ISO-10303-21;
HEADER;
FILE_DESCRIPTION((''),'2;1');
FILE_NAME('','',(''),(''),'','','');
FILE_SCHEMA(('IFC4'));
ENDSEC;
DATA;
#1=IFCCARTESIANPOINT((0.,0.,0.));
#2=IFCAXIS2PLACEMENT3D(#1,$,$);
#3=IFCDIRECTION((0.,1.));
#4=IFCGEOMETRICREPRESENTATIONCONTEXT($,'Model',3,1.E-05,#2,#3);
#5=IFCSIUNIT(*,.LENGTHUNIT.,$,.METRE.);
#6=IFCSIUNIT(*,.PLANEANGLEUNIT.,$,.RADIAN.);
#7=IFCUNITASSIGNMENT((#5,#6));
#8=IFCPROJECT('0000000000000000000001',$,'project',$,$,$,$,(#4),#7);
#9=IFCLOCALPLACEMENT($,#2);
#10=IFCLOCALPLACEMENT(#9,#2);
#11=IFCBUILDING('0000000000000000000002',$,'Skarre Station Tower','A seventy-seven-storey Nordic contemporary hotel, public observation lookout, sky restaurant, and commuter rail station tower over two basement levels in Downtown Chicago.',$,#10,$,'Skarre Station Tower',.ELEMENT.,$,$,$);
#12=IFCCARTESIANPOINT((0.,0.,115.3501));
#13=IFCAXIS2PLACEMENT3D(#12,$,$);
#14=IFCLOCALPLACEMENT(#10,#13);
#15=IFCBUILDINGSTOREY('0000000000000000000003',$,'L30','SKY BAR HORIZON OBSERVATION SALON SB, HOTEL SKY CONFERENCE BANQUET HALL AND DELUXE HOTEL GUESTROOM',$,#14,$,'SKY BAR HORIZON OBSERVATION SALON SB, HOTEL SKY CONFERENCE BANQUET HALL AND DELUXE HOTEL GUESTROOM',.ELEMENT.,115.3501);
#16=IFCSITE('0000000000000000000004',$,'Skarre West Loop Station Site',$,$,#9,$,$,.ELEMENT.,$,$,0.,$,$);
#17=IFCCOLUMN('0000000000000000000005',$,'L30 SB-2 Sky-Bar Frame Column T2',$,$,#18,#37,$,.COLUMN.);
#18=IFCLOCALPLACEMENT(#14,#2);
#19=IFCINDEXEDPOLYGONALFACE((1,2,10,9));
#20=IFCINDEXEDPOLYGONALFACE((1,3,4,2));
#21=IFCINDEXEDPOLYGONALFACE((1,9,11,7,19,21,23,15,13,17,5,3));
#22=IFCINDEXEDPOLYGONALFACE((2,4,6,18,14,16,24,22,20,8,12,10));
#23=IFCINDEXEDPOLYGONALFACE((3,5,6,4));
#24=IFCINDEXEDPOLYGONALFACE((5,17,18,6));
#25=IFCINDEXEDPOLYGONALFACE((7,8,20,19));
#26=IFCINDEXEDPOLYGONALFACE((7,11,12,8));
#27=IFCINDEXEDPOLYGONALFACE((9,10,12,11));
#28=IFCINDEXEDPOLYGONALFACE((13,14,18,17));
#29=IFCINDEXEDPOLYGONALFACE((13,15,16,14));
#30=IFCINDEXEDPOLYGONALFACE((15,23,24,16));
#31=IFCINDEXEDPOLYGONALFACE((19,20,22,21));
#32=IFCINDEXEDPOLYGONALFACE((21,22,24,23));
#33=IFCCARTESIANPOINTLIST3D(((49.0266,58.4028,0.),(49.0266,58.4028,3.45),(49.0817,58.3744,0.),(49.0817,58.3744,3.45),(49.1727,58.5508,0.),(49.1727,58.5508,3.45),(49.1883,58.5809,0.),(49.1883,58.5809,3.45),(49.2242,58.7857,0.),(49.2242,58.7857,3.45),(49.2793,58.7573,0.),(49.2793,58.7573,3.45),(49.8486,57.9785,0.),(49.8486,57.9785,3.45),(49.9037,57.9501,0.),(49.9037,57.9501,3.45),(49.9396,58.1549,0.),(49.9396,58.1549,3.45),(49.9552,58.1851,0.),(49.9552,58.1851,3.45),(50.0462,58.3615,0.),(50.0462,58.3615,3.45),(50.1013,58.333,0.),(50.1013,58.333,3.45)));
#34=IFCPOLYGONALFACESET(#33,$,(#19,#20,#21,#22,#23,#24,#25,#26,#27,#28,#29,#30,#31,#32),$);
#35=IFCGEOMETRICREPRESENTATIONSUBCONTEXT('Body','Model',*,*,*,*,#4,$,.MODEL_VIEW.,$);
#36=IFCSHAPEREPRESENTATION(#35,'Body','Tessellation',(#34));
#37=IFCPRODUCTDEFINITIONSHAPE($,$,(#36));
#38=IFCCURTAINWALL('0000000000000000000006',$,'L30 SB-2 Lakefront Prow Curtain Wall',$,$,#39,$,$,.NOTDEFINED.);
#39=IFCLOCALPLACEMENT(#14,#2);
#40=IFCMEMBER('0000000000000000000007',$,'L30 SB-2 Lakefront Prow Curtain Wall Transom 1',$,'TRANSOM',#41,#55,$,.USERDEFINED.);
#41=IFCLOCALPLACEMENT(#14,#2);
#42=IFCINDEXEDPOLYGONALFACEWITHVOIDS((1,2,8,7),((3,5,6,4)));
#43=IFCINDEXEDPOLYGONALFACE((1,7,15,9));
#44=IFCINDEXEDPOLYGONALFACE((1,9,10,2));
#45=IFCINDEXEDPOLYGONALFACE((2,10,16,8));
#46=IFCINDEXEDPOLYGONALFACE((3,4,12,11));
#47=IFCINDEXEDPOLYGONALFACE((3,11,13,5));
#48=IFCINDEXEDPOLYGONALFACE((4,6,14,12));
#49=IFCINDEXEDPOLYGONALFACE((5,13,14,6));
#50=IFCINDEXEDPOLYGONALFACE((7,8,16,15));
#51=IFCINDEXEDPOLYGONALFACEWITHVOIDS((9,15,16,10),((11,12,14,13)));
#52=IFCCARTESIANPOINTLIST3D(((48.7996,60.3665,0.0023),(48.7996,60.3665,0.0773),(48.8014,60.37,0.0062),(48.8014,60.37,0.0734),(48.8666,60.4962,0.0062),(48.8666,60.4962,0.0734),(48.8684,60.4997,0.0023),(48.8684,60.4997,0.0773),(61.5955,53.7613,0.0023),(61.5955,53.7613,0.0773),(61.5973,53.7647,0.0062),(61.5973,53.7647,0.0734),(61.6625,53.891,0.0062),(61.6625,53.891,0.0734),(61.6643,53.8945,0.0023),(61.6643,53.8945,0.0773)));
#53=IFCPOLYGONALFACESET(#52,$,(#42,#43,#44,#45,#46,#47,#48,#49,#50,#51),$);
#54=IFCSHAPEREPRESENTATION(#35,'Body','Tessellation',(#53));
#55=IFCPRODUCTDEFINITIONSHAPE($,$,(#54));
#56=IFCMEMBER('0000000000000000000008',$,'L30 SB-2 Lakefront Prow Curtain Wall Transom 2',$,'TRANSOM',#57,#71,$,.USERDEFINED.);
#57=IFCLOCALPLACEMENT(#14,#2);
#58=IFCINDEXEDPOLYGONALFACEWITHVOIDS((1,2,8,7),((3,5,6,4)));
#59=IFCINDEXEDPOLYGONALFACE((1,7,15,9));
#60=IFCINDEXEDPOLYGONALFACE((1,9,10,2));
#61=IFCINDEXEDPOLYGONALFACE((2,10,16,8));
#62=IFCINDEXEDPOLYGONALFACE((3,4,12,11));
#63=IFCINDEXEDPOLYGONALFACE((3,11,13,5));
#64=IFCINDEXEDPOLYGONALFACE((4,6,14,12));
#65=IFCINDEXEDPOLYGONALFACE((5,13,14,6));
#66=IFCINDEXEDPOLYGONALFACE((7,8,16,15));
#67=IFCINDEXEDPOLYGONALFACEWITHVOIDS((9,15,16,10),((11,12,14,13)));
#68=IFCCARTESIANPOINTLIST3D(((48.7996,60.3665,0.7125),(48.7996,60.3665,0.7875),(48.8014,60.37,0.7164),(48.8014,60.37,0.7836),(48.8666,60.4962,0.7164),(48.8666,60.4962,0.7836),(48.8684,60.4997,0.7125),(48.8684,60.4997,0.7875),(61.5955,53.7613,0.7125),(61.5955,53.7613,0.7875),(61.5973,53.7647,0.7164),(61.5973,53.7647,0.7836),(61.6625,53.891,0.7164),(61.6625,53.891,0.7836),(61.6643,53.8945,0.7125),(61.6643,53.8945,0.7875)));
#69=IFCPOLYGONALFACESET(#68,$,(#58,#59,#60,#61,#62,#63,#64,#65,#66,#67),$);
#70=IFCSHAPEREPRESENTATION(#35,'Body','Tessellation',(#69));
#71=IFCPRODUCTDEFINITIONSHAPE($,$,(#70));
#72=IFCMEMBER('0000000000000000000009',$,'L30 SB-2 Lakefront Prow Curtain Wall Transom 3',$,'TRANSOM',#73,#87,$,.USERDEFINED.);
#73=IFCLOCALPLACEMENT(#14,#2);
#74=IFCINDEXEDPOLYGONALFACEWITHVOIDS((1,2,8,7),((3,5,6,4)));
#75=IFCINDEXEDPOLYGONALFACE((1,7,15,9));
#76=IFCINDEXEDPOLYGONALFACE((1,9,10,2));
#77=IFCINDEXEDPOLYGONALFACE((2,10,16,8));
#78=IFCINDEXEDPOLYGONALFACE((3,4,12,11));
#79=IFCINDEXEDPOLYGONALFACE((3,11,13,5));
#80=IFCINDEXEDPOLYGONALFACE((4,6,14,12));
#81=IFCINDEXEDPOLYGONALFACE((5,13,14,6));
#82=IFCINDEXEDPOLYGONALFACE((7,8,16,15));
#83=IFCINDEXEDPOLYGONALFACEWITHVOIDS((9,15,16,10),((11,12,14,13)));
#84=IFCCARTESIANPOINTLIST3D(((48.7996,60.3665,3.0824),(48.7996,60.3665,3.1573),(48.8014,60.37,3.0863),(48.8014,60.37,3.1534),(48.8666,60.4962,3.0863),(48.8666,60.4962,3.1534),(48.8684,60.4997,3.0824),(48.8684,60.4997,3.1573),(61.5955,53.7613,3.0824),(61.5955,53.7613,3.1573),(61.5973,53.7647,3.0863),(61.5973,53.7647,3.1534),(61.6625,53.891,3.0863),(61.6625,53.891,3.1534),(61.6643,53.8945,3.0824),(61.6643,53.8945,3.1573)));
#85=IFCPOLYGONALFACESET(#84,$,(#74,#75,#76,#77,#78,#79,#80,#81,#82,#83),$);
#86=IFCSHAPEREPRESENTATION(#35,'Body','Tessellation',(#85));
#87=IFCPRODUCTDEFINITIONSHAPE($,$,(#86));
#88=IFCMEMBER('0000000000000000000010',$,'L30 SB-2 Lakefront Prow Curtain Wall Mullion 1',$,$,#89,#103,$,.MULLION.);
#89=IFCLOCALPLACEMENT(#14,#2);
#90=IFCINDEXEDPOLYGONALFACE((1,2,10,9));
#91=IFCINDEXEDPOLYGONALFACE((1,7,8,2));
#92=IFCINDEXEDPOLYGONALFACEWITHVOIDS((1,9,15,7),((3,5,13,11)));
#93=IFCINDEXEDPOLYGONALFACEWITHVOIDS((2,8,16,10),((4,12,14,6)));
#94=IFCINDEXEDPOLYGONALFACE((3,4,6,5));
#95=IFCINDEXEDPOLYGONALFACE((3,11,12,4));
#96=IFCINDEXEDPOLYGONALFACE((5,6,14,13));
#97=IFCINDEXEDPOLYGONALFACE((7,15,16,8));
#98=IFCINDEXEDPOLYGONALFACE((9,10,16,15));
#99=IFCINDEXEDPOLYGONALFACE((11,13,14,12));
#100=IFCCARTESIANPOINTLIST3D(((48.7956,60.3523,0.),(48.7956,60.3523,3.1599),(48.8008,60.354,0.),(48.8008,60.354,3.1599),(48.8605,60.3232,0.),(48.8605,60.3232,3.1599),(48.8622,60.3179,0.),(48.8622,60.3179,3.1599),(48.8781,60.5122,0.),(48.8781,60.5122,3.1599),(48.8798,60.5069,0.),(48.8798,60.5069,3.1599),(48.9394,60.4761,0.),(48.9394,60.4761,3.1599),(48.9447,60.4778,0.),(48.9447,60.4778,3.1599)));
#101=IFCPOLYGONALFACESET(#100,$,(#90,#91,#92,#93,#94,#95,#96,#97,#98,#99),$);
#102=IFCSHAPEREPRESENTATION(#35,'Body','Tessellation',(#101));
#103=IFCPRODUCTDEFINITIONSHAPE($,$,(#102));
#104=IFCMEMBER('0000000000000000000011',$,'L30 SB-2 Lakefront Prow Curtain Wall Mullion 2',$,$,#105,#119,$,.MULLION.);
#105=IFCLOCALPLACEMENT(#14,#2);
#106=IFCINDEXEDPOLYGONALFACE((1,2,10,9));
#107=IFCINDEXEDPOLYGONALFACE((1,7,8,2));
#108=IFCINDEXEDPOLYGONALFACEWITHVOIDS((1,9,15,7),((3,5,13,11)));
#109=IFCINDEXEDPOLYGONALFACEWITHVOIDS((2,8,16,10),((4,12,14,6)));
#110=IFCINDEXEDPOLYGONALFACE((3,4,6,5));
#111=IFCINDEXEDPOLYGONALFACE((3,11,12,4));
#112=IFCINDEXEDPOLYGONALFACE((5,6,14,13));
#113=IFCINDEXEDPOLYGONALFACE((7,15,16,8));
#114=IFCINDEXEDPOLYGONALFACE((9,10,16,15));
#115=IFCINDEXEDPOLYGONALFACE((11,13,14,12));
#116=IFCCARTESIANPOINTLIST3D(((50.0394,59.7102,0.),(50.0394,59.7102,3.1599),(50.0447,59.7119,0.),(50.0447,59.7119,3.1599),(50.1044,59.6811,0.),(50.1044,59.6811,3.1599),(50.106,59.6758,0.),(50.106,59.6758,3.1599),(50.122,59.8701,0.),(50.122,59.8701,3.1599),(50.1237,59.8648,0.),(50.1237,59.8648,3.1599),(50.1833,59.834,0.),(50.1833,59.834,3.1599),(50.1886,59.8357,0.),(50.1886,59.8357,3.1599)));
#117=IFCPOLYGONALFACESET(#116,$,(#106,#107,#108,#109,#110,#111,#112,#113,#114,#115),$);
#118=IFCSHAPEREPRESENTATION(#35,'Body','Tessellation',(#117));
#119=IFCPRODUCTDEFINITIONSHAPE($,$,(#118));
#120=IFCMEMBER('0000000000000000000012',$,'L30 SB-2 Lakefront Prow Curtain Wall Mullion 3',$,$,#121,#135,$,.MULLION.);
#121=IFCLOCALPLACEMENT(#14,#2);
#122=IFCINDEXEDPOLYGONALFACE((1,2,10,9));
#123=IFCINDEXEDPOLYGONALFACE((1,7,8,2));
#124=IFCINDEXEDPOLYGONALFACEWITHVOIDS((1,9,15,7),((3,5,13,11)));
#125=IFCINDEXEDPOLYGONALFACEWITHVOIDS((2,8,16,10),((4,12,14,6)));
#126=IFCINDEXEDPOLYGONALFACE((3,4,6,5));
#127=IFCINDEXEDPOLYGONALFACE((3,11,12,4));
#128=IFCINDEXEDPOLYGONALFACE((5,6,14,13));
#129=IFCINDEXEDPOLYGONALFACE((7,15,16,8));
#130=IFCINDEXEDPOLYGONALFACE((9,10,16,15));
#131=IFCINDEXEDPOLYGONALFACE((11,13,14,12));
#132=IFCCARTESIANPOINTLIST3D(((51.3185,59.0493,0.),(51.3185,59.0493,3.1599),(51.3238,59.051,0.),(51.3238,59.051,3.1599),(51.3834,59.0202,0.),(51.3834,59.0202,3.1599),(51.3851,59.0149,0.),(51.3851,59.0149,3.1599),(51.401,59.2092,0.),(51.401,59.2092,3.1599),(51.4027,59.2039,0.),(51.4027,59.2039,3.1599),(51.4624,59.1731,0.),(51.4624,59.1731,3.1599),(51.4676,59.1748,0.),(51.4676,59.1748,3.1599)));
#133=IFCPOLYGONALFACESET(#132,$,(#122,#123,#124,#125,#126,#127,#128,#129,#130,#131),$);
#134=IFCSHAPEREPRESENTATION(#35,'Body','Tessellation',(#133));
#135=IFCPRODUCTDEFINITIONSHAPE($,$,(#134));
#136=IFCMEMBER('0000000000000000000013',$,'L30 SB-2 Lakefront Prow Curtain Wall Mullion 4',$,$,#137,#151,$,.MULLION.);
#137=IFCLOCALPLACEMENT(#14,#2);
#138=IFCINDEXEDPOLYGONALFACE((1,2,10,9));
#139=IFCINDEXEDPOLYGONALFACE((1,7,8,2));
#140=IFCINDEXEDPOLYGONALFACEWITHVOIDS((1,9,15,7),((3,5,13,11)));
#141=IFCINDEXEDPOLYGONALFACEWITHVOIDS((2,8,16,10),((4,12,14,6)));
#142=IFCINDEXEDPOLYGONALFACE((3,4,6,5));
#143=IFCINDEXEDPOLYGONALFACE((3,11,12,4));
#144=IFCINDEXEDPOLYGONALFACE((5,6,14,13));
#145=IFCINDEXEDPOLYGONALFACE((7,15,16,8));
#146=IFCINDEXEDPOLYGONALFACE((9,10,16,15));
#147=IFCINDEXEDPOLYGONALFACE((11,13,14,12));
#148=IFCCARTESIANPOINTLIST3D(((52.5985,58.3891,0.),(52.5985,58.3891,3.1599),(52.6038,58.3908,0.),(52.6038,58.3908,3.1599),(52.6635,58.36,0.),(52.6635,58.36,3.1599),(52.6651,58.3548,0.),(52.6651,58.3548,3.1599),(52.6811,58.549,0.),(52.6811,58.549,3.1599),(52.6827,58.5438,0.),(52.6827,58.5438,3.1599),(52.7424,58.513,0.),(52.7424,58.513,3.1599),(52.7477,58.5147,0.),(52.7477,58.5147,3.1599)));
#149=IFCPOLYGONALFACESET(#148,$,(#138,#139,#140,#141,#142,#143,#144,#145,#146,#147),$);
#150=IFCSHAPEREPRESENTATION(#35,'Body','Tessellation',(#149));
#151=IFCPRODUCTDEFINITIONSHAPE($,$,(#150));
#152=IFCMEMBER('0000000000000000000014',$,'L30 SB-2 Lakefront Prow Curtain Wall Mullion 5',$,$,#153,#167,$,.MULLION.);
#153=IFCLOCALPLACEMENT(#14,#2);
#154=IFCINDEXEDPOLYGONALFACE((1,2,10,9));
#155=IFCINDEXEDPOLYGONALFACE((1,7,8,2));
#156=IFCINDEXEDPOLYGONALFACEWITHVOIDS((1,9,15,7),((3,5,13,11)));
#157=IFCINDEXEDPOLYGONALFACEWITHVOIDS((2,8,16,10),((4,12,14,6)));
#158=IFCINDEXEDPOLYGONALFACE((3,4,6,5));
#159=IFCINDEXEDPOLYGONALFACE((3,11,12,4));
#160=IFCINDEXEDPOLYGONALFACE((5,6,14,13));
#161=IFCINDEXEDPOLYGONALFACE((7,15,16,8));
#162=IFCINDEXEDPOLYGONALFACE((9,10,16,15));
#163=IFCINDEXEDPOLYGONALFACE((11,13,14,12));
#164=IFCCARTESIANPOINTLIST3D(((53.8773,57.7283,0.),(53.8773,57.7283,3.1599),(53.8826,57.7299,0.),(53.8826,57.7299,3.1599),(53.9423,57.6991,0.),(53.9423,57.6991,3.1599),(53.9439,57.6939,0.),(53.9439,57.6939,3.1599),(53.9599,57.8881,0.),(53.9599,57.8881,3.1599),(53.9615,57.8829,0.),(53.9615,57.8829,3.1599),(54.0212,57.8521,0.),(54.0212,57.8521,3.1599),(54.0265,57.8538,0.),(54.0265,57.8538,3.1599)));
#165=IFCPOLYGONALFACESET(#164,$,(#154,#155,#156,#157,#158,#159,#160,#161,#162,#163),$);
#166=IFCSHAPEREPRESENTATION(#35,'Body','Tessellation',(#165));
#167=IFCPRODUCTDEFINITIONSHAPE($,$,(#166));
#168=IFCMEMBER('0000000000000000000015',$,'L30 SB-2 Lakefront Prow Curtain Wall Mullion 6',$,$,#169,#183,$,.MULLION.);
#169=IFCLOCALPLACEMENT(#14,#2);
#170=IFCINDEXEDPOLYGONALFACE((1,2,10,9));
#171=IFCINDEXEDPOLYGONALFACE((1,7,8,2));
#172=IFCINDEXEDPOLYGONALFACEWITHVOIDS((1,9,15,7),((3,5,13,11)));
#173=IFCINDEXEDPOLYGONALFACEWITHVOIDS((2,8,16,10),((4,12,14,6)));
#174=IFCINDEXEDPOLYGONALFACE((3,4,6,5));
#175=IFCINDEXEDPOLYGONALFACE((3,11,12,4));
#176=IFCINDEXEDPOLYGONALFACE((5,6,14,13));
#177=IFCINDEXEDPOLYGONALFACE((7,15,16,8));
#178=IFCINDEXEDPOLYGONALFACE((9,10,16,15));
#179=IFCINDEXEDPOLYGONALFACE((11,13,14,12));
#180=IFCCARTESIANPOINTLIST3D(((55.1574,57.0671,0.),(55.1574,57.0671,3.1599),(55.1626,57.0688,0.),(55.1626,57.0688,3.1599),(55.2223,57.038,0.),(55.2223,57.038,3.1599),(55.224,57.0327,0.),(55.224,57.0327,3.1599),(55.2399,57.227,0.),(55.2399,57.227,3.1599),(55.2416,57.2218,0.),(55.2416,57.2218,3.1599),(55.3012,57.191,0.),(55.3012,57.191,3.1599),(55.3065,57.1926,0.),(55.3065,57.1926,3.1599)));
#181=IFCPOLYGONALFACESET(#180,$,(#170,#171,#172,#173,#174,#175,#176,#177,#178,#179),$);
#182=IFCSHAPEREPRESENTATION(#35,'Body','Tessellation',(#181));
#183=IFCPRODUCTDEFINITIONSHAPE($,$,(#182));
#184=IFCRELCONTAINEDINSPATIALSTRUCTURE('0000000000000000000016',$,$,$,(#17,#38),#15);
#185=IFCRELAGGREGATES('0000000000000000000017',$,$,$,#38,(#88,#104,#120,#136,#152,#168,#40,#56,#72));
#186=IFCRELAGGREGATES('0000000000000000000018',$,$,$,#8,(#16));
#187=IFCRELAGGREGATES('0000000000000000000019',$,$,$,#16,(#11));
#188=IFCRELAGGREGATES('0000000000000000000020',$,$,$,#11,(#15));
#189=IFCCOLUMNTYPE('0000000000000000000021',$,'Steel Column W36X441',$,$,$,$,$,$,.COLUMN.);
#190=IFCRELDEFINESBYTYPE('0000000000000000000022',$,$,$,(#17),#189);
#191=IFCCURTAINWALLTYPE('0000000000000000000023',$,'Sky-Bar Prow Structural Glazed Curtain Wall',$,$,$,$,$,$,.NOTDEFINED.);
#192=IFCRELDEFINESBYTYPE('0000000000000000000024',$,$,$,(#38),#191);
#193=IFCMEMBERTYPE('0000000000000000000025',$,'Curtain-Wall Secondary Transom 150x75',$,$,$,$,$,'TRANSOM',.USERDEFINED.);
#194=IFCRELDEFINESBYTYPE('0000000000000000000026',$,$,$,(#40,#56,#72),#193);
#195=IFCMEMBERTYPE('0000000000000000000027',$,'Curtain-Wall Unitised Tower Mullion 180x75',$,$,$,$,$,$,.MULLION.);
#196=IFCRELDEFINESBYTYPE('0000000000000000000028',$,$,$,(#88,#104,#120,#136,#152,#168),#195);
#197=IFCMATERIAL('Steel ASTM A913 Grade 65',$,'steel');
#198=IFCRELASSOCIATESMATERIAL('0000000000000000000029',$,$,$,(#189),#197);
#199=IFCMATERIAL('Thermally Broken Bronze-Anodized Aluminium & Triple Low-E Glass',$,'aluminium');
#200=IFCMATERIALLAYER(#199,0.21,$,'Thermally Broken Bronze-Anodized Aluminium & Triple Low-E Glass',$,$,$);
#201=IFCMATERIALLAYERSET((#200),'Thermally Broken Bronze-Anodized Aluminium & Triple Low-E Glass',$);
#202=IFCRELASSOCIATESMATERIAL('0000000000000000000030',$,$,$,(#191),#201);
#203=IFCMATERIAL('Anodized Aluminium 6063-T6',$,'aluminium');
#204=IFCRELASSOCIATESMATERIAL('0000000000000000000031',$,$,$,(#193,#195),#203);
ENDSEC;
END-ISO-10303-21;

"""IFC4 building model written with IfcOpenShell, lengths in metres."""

from ifc_helpers import new_model, si_unit, direction, frame, origin, origin_2d, place, context, subcontext, project, spatial, hollow_rectangle, i_section, extrude, material, layer, layer_set, material_profile, profile_set, type_object, element, aggregate, save


model = new_model("IFC4")

# Units and contexts
model_context = context("Model", 3, precision=1e-05, world=origin(), true_north=direction((0.0, 1.0)))
body_context = subcontext(model_context, "Body", "Model", "MODEL_VIEW")
ifc_project = project(units=[si_unit("LENGTHUNIT", "METRE"), si_unit("PLANEANGLEUNIT", "RADIAN")], contexts=[model_context])

# Site, building, storey
site_placement = place(None, origin())
site = spatial("IfcSite", under=ifc_project, at=site_placement, Name="Skarre West Loop Station Site", CompositionType="ELEMENT", RefElevation=0.0)
building_placement = place(site_placement, origin())
building = spatial("IfcBuilding", under=site, at=building_placement, Name="Skarre Station Tower", Description="A seventy-seven-storey Nordic contemporary hotel, public observation lookout, sky restaurant, and commuter rail station tower over two basement levels in Downtown Chicago.", LongName="Skarre Station Tower", CompositionType="ELEMENT")
storey_placement = place(building_placement, frame((0.0, 0.0, 115.3501)))
storey = spatial("IfcBuildingStorey", under=building, at=storey_placement, Name="L30", Description="SKY BAR HORIZON OBSERVATION SALON SB, HOTEL SKY CONFERENCE BANQUET HALL AND DELUXE HOTEL GUESTROOM", LongName="SKY BAR HORIZON OBSERVATION SALON SB, HOTEL SKY CONFERENCE BANQUET HALL AND DELUXE HOTEL GUESTROOM", CompositionType="ELEMENT", Elevation=115.3501)

# Column
ifc_material_1 = material(Name="Steel ASTM A913 Grade 65", Category="steel")
ifc_material_profile_1 = material_profile(ifc_material_1, i_section(OverallWidth=0.4309, OverallDepth=0.9871, WebThickness=0.0339, FlangeThickness=0.062, at=origin_2d()), Name="Steel ASTM A913 Grade 65")
ifc_profile_set_1 = profile_set([ifc_material_profile_1], Name="Steel ASTM A913 Grade 65")
column_type = type_object("IfcColumnType", Name="Steel Column W36X441", PredefinedType="COLUMN", material=ifc_profile_set_1)
column_placement = place(storey_placement, frame((49.564, 58.3679, 0.0), z_axis=(0.0, 0.0, 1.0), x_axis=(0.45865, 0.888617, 0.0)))
element("IfcColumn", 1, at=column_placement, inside=storey, type_object=column_type, Name="L30 SB-2 Sky-Bar Frame Column T2", PredefinedType="COLUMN", context=body_context, shape_type="SweptSolid", body=[
    extrude(i_section(OverallWidth=0.4309, OverallDepth=0.9871, WebThickness=0.0339, FlangeThickness=0.062, at=origin_2d()), origin(), (0.0, 0.0, 1.0), 3.45),
])

# Curtain wall, members
ifc_material_2 = material(Name="Thermally Broken Bronze-Anodized Aluminium & Triple Low-E Glass", Category="aluminium")
ifc_layer_1 = layer(ifc_material_2, 0.21, Name="Thermally Broken Bronze-Anodized Aluminium & Triple Low-E Glass")
ifc_layer_set_1 = layer_set([ifc_layer_1], Name="Thermally Broken Bronze-Anodized Aluminium & Triple Low-E Glass")
curtain_wall_type = type_object("IfcCurtainWallType", Name="Sky-Bar Prow Structural Glazed Curtain Wall", PredefinedType="NOTDEFINED", material=ifc_layer_set_1)
curtain_wall_placement = place(storey_placement, origin())
curtain_wall = element("IfcCurtainWall", 2, at=curtain_wall_placement, inside=storey, type_object=curtain_wall_type, Name="L30 SB-2 Lakefront Prow Curtain Wall", PredefinedType="NOTDEFINED")
ifc_material_3 = material(Name="Anodized Aluminium 6063-T6", Category="aluminium")
ifc_material_profile_2 = material_profile(ifc_material_3, hollow_rectangle(XDim=0.075, YDim=0.1499, WallThickness=0.0039, at=origin_2d()), Name="Anodized Aluminium 6063-T6")
ifc_profile_set_2 = profile_set([ifc_material_profile_2], Name="Anodized Aluminium 6063-T6")
member_type_1 = type_object("IfcMemberType", Name="Curtain-Wall Secondary Transom 150x75", ElementType="TRANSOM", PredefinedType="USERDEFINED", material=ifc_profile_set_2)
member_1_placement = place(storey_placement, frame((48.834, 60.4331, 0.0398), z_axis=(0.888595, -0.458692, 0.0), x_axis=(0.0, 0.0, 1.0)))
member_1 = element("IfcMember", 3, at=member_1_placement, type_object=member_type_1, Name="L30 SB-2 Lakefront Prow Curtain Wall Transom 1", ObjectType="TRANSOM", PredefinedType="USERDEFINED", context=body_context, shape_type="SweptSolid", body=[
    extrude(hollow_rectangle(XDim=0.075, YDim=0.1499, WallThickness=0.0039, at=origin_2d()), origin(), (0.0, 0.0, 1.0), 14.4001),
])
member_2_placement = place(storey_placement, frame((48.834, 60.4331, 0.75), z_axis=(0.888595, -0.458692, 0.0), x_axis=(0.0, 0.0, 1.0)))
member_2 = element("IfcMember", 4, at=member_2_placement, type_object=member_type_1, Name="L30 SB-2 Lakefront Prow Curtain Wall Transom 2", ObjectType="TRANSOM", PredefinedType="USERDEFINED", context=body_context, shape_type="SweptSolid", body=[
    extrude(hollow_rectangle(XDim=0.075, YDim=0.1499, WallThickness=0.0039, at=origin_2d()), origin(), (0.0, 0.0, 1.0), 14.4001),
])
member_3_placement = place(storey_placement, frame((48.834, 60.4331, 3.1199), z_axis=(0.888595, -0.458692, 0.0), x_axis=(0.0, 0.0, 1.0)))
member_3 = element("IfcMember", 5, at=member_3_placement, type_object=member_type_1, Name="L30 SB-2 Lakefront Prow Curtain Wall Transom 3", ObjectType="TRANSOM", PredefinedType="USERDEFINED", context=body_context, shape_type="SweptSolid", body=[
    extrude(hollow_rectangle(XDim=0.075, YDim=0.1499, WallThickness=0.0039, at=origin_2d()), origin(), (0.0, 0.0, 1.0), 14.4001),
])
ifc_material_profile_3 = material_profile(ifc_material_3, hollow_rectangle(XDim=0.075, YDim=0.1799, WallThickness=0.0039, at=origin_2d()), Name="Anodized Aluminium 6063-T6")
ifc_profile_set_3 = profile_set([ifc_material_profile_3], Name="Anodized Aluminium 6063-T6")
member_type_2 = type_object("IfcMemberType", Name="Curtain-Wall Unitised Tower Mullion 180x75", PredefinedType="MULLION", material=ifc_profile_set_3)
member_4_placement = place(storey_placement, frame((48.8701, 60.415, 0.0), z_axis=(0.0, 0.0, 1.0), x_axis=(0.888601, -0.458681, 0.0)))
member_4 = element("IfcMember", 6, at=member_4_placement, type_object=member_type_2, Name="L30 SB-2 Lakefront Prow Curtain Wall Mullion 1", PredefinedType="MULLION", context=body_context, shape_type="SweptSolid", body=[
    extrude(hollow_rectangle(XDim=0.075, YDim=0.1799, WallThickness=0.0039, at=origin_2d()), origin(), (0.0, 0.0, 1.0), 3.1599),
])
member_5_placement = place(storey_placement, frame((50.114, 59.7729, 0.0), z_axis=(0.0, 0.0, 1.0), x_axis=(0.888601, -0.458681, 0.0)))
member_5 = element("IfcMember", 7, at=member_5_placement, type_object=member_type_2, Name="L30 SB-2 Lakefront Prow Curtain Wall Mullion 2", PredefinedType="MULLION", context=body_context, shape_type="SweptSolid", body=[
    extrude(hollow_rectangle(XDim=0.075, YDim=0.1799, WallThickness=0.0039, at=origin_2d()), origin(), (0.0, 0.0, 1.0), 3.1599),
])
member_6_placement = place(storey_placement, frame((51.3931, 59.1121, 0.0), z_axis=(0.0, 0.0, 1.0), x_axis=(0.888601, -0.458681, 0.0)))
member_6 = element("IfcMember", 8, at=member_6_placement, type_object=member_type_2, Name="L30 SB-2 Lakefront Prow Curtain Wall Mullion 3", PredefinedType="MULLION", context=body_context, shape_type="SweptSolid", body=[
    extrude(hollow_rectangle(XDim=0.075, YDim=0.1799, WallThickness=0.0039, at=origin_2d()), origin(), (0.0, 0.0, 1.0), 3.1599),
])
member_7_placement = place(storey_placement, frame((52.6731, 58.4519, 0.0), z_axis=(0.0, 0.0, 1.0), x_axis=(0.888601, -0.458681, 0.0)))
member_7 = element("IfcMember", 9, at=member_7_placement, type_object=member_type_2, Name="L30 SB-2 Lakefront Prow Curtain Wall Mullion 4", PredefinedType="MULLION", context=body_context, shape_type="SweptSolid", body=[
    extrude(hollow_rectangle(XDim=0.075, YDim=0.1799, WallThickness=0.0039, at=origin_2d()), origin(), (0.0, 0.0, 1.0), 3.1599),
])
member_8_placement = place(storey_placement, frame((53.9519, 57.791, 0.0), z_axis=(0.0, 0.0, 1.0), x_axis=(0.888601, -0.458681, 0.0)))
member_8 = element("IfcMember", 10, at=member_8_placement, type_object=member_type_2, Name="L30 SB-2 Lakefront Prow Curtain Wall Mullion 5", PredefinedType="MULLION", context=body_context, shape_type="SweptSolid", body=[
    extrude(hollow_rectangle(XDim=0.075, YDim=0.1799, WallThickness=0.0039, at=origin_2d()), origin(), (0.0, 0.0, 1.0), 3.1599),
])
member_9_placement = place(storey_placement, frame((55.2319, 57.1299, 0.0), z_axis=(0.0, 0.0, 1.0), x_axis=(0.888601, -0.458681, 0.0)))
member_9 = element("IfcMember", 11, at=member_9_placement, type_object=member_type_2, Name="L30 SB-2 Lakefront Prow Curtain Wall Mullion 6", PredefinedType="MULLION", context=body_context, shape_type="SweptSolid", body=[
    extrude(hollow_rectangle(XDim=0.075, YDim=0.1799, WallThickness=0.0039, at=origin_2d()), origin(), (0.0, 0.0, 1.0), 3.1599),
])
aggregate(curtain_wall, [member_4, member_5, member_6, member_7, member_8, member_9, member_1, member_2, member_3])

save(model, "model.ifc")
